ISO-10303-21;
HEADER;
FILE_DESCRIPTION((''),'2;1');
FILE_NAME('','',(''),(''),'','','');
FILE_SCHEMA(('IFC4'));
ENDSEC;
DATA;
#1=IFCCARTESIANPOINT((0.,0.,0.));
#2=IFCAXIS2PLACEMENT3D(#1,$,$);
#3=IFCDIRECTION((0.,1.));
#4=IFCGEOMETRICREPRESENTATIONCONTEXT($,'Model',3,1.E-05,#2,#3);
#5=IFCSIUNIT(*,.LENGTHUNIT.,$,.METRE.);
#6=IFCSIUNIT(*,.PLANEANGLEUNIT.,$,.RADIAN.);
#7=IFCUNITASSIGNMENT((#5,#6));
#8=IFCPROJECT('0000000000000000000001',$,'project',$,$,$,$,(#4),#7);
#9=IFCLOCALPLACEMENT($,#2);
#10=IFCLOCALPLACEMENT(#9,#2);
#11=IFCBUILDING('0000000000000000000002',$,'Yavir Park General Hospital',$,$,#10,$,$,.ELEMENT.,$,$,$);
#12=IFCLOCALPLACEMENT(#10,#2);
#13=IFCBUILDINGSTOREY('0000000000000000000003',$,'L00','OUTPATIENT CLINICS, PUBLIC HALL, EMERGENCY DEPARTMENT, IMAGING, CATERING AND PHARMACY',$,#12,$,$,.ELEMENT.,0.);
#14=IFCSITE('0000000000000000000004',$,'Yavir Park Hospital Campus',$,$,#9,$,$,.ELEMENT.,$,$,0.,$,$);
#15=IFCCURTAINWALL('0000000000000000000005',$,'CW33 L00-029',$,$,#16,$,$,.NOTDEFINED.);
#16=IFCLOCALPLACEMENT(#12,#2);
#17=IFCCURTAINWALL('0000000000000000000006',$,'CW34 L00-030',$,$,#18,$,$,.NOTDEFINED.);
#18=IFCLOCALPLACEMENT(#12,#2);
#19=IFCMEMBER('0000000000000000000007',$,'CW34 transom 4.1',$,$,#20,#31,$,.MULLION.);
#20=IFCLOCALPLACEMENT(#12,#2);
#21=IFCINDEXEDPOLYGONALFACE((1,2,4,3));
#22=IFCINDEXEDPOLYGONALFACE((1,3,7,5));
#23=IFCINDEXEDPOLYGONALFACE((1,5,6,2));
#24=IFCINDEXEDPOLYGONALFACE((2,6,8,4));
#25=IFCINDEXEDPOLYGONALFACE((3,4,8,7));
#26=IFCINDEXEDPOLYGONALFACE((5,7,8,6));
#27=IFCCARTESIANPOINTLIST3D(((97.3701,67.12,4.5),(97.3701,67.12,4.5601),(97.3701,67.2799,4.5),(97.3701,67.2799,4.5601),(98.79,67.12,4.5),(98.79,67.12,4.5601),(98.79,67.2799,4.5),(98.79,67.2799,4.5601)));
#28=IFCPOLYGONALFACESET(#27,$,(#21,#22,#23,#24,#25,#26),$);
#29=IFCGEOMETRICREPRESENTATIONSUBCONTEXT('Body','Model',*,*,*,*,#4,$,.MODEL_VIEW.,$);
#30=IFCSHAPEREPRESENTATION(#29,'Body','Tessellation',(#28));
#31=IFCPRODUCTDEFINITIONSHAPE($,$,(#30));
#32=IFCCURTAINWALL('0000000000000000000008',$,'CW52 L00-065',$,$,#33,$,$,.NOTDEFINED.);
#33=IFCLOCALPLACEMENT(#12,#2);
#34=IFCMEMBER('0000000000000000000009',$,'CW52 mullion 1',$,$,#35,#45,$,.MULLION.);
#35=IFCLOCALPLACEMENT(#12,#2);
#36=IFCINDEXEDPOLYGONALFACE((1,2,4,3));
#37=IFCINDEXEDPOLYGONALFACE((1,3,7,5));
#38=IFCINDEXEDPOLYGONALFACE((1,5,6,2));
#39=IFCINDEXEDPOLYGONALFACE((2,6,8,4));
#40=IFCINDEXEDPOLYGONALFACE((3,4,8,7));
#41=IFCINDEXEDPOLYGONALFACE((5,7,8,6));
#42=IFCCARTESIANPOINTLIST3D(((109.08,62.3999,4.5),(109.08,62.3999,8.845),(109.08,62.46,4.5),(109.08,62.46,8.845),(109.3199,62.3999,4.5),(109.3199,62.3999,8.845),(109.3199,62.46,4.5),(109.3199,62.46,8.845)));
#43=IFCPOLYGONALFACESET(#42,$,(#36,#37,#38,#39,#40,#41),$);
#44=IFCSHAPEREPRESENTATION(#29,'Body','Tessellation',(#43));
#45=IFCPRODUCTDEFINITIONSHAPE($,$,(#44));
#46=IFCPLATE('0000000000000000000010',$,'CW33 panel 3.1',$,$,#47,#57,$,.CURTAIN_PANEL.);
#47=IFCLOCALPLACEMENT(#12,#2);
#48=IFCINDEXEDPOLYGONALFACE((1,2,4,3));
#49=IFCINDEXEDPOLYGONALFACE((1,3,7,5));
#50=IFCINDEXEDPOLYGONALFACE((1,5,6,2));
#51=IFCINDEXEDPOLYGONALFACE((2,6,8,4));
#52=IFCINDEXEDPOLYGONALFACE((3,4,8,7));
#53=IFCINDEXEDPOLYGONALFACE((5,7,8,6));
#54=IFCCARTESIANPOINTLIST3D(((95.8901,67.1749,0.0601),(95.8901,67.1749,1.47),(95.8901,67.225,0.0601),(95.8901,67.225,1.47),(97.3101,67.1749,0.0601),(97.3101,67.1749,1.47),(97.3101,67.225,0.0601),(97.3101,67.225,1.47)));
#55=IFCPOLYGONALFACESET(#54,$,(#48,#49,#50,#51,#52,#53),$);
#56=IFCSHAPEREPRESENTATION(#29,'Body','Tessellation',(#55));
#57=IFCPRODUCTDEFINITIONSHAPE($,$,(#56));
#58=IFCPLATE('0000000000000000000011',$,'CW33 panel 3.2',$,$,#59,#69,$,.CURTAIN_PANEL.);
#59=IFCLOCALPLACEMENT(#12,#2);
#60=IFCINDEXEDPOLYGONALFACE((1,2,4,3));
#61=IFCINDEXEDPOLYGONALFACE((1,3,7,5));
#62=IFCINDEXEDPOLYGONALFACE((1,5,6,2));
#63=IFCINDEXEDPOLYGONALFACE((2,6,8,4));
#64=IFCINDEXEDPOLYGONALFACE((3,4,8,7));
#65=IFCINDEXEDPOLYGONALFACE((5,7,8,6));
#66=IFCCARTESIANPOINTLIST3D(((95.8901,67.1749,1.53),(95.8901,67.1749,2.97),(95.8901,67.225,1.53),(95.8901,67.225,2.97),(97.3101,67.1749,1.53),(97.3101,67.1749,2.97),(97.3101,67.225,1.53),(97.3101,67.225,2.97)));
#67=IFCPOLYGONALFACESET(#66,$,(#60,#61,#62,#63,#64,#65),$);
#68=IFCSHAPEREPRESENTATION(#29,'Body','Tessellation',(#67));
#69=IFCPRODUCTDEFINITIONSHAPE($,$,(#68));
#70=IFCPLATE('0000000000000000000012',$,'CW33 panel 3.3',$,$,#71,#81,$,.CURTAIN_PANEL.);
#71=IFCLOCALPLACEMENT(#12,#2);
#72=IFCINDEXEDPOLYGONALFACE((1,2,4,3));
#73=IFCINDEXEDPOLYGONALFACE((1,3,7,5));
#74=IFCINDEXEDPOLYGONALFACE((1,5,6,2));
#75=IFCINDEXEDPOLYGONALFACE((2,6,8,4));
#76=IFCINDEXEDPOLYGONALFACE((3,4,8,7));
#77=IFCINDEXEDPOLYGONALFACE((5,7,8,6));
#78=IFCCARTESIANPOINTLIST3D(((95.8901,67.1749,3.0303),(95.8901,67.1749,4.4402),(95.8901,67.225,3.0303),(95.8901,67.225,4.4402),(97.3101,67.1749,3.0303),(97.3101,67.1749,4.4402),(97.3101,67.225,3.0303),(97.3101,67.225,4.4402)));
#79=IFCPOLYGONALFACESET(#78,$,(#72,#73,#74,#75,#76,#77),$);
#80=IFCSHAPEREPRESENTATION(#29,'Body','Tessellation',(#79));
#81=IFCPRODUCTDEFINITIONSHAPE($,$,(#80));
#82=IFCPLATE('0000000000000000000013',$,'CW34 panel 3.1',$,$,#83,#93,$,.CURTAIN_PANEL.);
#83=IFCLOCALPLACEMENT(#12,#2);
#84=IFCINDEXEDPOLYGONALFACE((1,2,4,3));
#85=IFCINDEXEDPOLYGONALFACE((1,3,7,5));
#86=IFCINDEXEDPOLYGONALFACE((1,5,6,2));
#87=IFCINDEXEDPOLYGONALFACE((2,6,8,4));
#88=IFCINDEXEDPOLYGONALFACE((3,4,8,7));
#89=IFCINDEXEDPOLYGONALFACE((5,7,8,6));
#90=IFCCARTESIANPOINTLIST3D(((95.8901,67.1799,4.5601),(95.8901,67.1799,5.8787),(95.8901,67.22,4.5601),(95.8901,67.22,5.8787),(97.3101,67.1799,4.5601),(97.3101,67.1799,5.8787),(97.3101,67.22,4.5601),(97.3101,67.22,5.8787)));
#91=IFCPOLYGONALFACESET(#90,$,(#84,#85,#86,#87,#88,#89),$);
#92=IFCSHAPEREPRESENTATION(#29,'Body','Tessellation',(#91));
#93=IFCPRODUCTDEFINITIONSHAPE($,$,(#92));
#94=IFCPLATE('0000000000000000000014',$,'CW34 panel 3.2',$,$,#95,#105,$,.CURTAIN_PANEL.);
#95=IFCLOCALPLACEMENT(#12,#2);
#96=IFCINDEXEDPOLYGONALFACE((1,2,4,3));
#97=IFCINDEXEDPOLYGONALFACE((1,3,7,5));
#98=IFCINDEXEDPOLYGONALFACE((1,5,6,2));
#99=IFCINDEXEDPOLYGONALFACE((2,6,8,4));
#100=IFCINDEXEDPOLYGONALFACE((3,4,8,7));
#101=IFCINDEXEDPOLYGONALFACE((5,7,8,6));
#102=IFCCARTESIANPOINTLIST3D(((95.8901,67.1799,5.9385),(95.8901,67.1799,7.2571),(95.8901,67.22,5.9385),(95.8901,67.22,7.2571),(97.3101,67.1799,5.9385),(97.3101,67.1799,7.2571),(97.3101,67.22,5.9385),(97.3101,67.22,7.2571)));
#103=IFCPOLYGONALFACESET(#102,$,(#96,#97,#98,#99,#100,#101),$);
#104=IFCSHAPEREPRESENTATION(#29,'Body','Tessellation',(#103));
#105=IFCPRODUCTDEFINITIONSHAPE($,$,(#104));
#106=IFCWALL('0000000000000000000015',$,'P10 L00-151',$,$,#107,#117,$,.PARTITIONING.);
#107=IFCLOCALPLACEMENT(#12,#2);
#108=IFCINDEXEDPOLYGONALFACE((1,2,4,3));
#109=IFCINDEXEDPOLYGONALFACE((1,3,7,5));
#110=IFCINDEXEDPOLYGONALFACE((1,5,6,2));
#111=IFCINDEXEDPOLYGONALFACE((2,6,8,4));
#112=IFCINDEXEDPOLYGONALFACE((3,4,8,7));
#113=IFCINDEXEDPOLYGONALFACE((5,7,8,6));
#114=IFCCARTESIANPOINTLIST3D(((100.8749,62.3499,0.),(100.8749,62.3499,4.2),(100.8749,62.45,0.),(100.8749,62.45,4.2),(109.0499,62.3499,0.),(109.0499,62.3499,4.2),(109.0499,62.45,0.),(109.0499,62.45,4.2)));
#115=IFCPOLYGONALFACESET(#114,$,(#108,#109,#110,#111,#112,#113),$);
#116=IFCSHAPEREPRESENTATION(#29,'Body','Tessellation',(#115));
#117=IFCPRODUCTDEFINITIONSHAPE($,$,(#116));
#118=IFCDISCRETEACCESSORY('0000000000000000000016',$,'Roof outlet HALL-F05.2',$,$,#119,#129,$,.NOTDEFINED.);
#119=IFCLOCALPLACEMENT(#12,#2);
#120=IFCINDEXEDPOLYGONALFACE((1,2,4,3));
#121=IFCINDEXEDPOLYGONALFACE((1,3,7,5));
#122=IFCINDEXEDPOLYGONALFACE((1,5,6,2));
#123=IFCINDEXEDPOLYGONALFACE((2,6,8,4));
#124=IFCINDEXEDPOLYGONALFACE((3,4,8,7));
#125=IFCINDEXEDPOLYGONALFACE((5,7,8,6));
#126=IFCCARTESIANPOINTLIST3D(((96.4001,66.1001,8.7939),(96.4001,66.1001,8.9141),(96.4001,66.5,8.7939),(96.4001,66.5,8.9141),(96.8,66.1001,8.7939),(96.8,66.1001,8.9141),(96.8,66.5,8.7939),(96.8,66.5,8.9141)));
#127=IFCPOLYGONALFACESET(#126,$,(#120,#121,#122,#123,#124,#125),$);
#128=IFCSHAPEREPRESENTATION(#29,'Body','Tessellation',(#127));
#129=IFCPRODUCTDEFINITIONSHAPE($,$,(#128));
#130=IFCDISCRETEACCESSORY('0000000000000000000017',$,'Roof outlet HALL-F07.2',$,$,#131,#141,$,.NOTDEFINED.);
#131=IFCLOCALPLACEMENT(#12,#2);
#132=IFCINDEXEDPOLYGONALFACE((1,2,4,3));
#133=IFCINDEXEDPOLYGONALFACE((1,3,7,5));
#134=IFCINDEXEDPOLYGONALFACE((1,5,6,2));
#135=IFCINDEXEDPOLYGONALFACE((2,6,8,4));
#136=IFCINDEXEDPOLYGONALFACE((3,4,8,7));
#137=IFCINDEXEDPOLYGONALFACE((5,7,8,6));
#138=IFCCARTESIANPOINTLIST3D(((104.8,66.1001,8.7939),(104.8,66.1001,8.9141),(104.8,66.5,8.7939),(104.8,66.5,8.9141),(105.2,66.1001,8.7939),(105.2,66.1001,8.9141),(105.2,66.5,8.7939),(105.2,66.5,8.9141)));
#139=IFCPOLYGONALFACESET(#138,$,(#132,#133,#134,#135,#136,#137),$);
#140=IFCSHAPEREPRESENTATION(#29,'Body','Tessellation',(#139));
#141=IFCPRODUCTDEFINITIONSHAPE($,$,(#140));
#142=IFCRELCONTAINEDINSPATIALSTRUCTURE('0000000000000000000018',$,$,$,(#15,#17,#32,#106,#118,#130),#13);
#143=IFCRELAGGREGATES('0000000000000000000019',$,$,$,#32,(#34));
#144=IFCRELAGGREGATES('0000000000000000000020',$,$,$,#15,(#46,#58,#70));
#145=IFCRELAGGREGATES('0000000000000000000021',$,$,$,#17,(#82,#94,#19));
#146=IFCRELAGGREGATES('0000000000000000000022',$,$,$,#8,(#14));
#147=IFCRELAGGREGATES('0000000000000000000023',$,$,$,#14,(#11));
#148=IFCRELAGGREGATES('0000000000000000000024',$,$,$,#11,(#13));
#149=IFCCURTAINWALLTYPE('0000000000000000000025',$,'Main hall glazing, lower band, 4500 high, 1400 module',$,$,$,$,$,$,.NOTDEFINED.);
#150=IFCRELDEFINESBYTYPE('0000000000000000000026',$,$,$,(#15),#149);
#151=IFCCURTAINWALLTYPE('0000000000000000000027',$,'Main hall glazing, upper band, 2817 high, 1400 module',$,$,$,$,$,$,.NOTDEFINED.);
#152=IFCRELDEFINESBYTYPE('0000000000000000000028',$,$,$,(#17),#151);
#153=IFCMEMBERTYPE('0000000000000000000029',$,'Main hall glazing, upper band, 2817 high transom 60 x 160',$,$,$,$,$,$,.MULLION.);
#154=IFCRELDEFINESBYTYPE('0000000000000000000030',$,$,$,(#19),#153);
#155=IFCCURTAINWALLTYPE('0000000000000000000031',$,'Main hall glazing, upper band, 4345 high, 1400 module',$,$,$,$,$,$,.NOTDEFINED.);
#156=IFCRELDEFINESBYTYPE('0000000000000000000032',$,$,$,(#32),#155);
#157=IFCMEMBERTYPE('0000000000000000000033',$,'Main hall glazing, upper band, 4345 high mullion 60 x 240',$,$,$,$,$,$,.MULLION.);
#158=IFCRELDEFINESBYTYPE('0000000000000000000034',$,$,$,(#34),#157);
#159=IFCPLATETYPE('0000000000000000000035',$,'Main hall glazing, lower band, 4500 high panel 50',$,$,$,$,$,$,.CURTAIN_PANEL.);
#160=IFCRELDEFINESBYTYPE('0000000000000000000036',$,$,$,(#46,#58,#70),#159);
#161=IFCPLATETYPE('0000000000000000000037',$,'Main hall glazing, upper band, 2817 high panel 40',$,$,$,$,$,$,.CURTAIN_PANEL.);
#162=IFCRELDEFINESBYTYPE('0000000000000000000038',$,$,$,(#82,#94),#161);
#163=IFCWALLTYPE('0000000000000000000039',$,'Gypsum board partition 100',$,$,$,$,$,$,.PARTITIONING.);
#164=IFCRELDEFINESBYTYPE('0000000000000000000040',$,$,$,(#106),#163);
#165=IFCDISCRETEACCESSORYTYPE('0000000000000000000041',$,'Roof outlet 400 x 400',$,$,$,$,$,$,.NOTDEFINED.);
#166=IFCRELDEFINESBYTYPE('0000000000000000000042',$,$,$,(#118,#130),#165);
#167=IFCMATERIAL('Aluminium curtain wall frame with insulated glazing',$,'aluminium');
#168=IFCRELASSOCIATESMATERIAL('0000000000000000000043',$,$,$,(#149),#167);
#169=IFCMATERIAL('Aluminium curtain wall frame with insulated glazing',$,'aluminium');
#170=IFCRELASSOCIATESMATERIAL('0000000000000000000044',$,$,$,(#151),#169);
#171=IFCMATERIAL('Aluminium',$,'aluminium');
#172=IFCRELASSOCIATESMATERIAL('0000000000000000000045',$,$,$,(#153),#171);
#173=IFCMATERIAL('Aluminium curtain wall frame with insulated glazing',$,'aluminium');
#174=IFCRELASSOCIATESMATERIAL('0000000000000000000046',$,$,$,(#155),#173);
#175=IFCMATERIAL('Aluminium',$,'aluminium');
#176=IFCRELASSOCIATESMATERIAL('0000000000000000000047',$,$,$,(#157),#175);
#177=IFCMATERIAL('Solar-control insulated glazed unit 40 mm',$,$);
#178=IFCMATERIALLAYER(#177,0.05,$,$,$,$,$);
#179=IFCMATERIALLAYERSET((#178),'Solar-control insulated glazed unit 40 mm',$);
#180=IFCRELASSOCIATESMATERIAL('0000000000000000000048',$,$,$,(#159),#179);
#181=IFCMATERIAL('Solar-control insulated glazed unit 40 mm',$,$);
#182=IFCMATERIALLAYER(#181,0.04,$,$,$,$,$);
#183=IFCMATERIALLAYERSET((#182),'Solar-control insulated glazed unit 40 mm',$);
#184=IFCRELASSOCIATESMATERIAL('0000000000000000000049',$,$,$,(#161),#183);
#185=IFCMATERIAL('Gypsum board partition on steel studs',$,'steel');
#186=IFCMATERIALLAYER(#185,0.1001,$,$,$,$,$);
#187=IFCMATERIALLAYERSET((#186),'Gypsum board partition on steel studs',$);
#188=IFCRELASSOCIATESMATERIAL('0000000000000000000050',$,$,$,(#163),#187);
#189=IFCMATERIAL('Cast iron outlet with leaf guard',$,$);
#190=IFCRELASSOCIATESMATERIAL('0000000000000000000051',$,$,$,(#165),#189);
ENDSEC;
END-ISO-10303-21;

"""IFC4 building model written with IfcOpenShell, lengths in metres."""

from ifc_helpers import new_model, si_unit, direction, frame, frame_2d, origin, origin_2d, place, context, subcontext, project, spatial, rectangle, extrude, material, layer, layer_set, material_profile, profile_set, type_object, element, aggregate, save


model = new_model("IFC4")

# Units and contexts
model_context = context("Model", 3, precision=1e-05, world=origin(), true_north=direction((0.0, 1.0)))
body_context = subcontext(model_context, "Body", "Model", "MODEL_VIEW")
ifc_project = project(units=[si_unit("LENGTHUNIT", "METRE"), si_unit("PLANEANGLEUNIT", "RADIAN")], contexts=[model_context])

# Site, building, storey
site_placement = place(None, origin())
site = spatial("IfcSite", under=ifc_project, at=site_placement, Name="Yavir Park Hospital Campus", CompositionType="ELEMENT", RefElevation=0.0)
building_placement = place(site_placement, origin())
building = spatial("IfcBuilding", under=site, at=building_placement, Name="Yavir Park General Hospital", CompositionType="ELEMENT")
storey_placement = place(building_placement, origin())
storey = spatial("IfcBuildingStorey", under=building, at=storey_placement, Name="L00", Description="OUTPATIENT CLINICS, PUBLIC HALL, EMERGENCY DEPARTMENT, IMAGING, CATERING AND PHARMACY", CompositionType="ELEMENT", Elevation=0.0)

# Curtain wall
ifc_material_1 = material(Name="Aluminium curtain wall frame with insulated glazing", Category="aluminium")
curtain_wall_type_1 = type_object("IfcCurtainWallType", Name="Main hall glazing, lower band, 4500 high, 1400 module", PredefinedType="NOTDEFINED", material=ifc_material_1)
curtain_wall_1_placement = place(storey_placement, origin())
curtain_wall_1 = element("IfcCurtainWall", 1, at=curtain_wall_1_placement, inside=storey, type_object=curtain_wall_type_1, Name="CW33 L00-029", PredefinedType="NOTDEFINED")

# Curtain wall, member
ifc_material_2 = material(Name="Aluminium curtain wall frame with insulated glazing", Category="aluminium")
curtain_wall_type_2 = type_object("IfcCurtainWallType", Name="Main hall glazing, upper band, 2817 high, 1400 module", PredefinedType="NOTDEFINED", material=ifc_material_2)
curtain_wall_2_placement = place(storey_placement, origin())
curtain_wall_2 = element("IfcCurtainWall", 2, at=curtain_wall_2_placement, inside=storey, type_object=curtain_wall_type_2, Name="CW34 L00-030", PredefinedType="NOTDEFINED")
ifc_material_3 = material(Name="Aluminium", Category="aluminium")
ifc_material_profile_1 = material_profile(ifc_material_3, rectangle(XDim=0.1599, YDim=0.0601, at=origin_2d()), Name="AL 160x60")
ifc_profile_set_1 = profile_set([ifc_material_profile_1], Name="Aluminium")
member_type_1 = type_object("IfcMemberType", Name="Main hall glazing, upper band, 2817 high transom 60 x 160", PredefinedType="MULLION", material=ifc_profile_set_1)
member_1_placement = place(storey_placement, frame((97.3701, 67.2, 4.53), z_axis=(1.0, 0.0, 0.0), x_axis=(0.0, 1.0, 0.0)))
member_1 = element("IfcMember", 3, at=member_1_placement, type_object=member_type_1, Name="CW34 transom 4.1", PredefinedType="MULLION", context=body_context, shape_type="SweptSolid", body=[
    extrude(rectangle(XDim=0.1599, YDim=0.0601, at=origin_2d()), origin(), (0.0, 0.0, 1.0), 1.4199),
])

# Curtain wall, member
ifc_material_4 = material(Name="Aluminium curtain wall frame with insulated glazing", Category="aluminium")
curtain_wall_type_3 = type_object("IfcCurtainWallType", Name="Main hall glazing, upper band, 4345 high, 1400 module", PredefinedType="NOTDEFINED", material=ifc_material_4)
curtain_wall_3_placement = place(storey_placement, origin())
curtain_wall_3 = element("IfcCurtainWall", 4, at=curtain_wall_3_placement, inside=storey, type_object=curtain_wall_type_3, Name="CW52 L00-065", PredefinedType="NOTDEFINED")
ifc_material_5 = material(Name="Aluminium", Category="aluminium")
ifc_material_profile_2 = material_profile(ifc_material_5, rectangle(XDim=0.24, YDim=0.0601, at=origin_2d()), Name="AL 60x240")
ifc_profile_set_2 = profile_set([ifc_material_profile_2], Name="Aluminium")
member_type_2 = type_object("IfcMemberType", Name="Main hall glazing, upper band, 4345 high mullion 60 x 240", PredefinedType="MULLION", material=ifc_profile_set_2)
member_2_placement = place(storey_placement, frame((109.2, 62.4299, 4.5), z_axis=(0.0, 0.0, 1.0), x_axis=(-1.0, 0.0, 0.0)))
member_2 = element("IfcMember", 5, at=member_2_placement, type_object=member_type_2, Name="CW52 mullion 1", PredefinedType="MULLION", context=body_context, shape_type="SweptSolid", body=[
    extrude(rectangle(XDim=0.24, YDim=0.0601, at=origin_2d()), origin(), (0.0, 0.0, 1.0), 4.345),
])
aggregate(curtain_wall_3, [member_2])

# Plates
ifc_material_6 = material(Name="Solar-control insulated glazed unit 40 mm")
ifc_layer_1 = layer(ifc_material_6, 0.05)
ifc_layer_set_1 = layer_set([ifc_layer_1], Name="Solar-control insulated glazed unit 40 mm")
plate_type_1 = type_object("IfcPlateType", Name="Main hall glazing, lower band, 4500 high panel 50", PredefinedType="CURTAIN_PANEL", material=ifc_layer_set_1)
plate_1_placement = place(storey_placement, frame((96.6001, 67.2, 0.0601), z_axis=(0.0, 0.0, 1.0), x_axis=(1.0, 0.0, 0.0)))
plate_1 = element("IfcPlate", 6, at=plate_1_placement, type_object=plate_type_1, Name="CW33 panel 3.1", PredefinedType="CURTAIN_PANEL", context=body_context, shape_type="SweptSolid", body=[
    extrude(rectangle(XDim=1.4199, YDim=0.05, at=origin_2d()), origin(), (0.0, 0.0, 1.0), 1.4099),
])
plate_2_placement = place(storey_placement, frame((96.6001, 67.2, 1.53), z_axis=(0.0, 0.0, 1.0), x_axis=(1.0, 0.0, 0.0)))
plate_2 = element("IfcPlate", 7, at=plate_2_placement, type_object=plate_type_1, Name="CW33 panel 3.2", PredefinedType="CURTAIN_PANEL", context=body_context, shape_type="SweptSolid", body=[
    extrude(rectangle(XDim=1.4199, YDim=0.05, at=origin_2d()), origin(), (0.0, 0.0, 1.0), 1.4399),
])
plate_3_placement = place(storey_placement, frame((96.6001, 67.2, 3.0303), z_axis=(0.0, 0.0, 1.0), x_axis=(1.0, 0.0, 0.0)))
plate_3 = element("IfcPlate", 8, at=plate_3_placement, type_object=plate_type_1, Name="CW33 panel 3.3", PredefinedType="CURTAIN_PANEL", context=body_context, shape_type="SweptSolid", body=[
    extrude(rectangle(XDim=1.4199, YDim=0.05, at=origin_2d()), origin(), (0.0, 0.0, 1.0), 1.4099),
])
aggregate(curtain_wall_1, [plate_1, plate_2, plate_3])
ifc_material_7 = material(Name="Solar-control insulated glazed unit 40 mm")
ifc_layer_2 = layer(ifc_material_7, 0.04)
ifc_layer_set_2 = layer_set([ifc_layer_2], Name="Solar-control insulated glazed unit 40 mm")
plate_type_2 = type_object("IfcPlateType", Name="Main hall glazing, upper band, 2817 high panel 40", PredefinedType="CURTAIN_PANEL", material=ifc_layer_set_2)
plate_4_placement = place(storey_placement, frame((96.6001, 67.2, 4.5601), z_axis=(0.0, 0.0, 1.0), x_axis=(1.0, 0.0, 0.0)))
plate_4 = element("IfcPlate", 9, at=plate_4_placement, type_object=plate_type_2, Name="CW34 panel 3.1", PredefinedType="CURTAIN_PANEL", context=body_context, shape_type="SweptSolid", body=[
    extrude(rectangle(XDim=1.4199, YDim=0.04, at=origin_2d()), origin(), (0.0, 0.0, 1.0), 1.3186),
])
plate_5_placement = place(storey_placement, frame((96.6001, 67.2, 5.9385), z_axis=(0.0, 0.0, 1.0), x_axis=(1.0, 0.0, 0.0)))
plate_5 = element("IfcPlate", 10, at=plate_5_placement, type_object=plate_type_2, Name="CW34 panel 3.2", PredefinedType="CURTAIN_PANEL", context=body_context, shape_type="SweptSolid", body=[
    extrude(rectangle(XDim=1.4199, YDim=0.04, at=origin_2d()), origin(), (0.0, 0.0, 1.0), 1.3186),
])
aggregate(curtain_wall_2, [plate_4, plate_5, member_1])

# Wall
ifc_material_8 = material(Name="Gypsum board partition on steel studs", Category="steel")
ifc_layer_3 = layer(ifc_material_8, 0.1001)
ifc_layer_set_3 = layer_set([ifc_layer_3], Name="Gypsum board partition on steel studs")
wall_type = type_object("IfcWallType", Name="Gypsum board partition 100", PredefinedType="PARTITIONING", material=ifc_layer_set_3)
wall_placement = place(storey_placement, frame((100.875, 62.3999, 0.0), z_axis=(0.0, 0.0, 1.0), x_axis=(1.0, 0.0, 0.0)))
element("IfcWall", 11, at=wall_placement, inside=storey, type_object=wall_type, Name="P10 L00-151", PredefinedType="PARTITIONING", context=body_context, shape_type="SweptSolid", body=[
    extrude(rectangle(XDim=8.175, YDim=0.1001, at=frame_2d((4.0874, 0.0))), origin(), (0.0, 0.0, 1.0), 4.2),
])

# Discrete accessories
ifc_material_9 = material(Name="Cast iron outlet with leaf guard")
discrete_accessory_type = type_object("IfcDiscreteAccessoryType", Name="Roof outlet 400 x 400", PredefinedType="NOTDEFINED", material=ifc_material_9)
for number, where, z_axis, x_axis, name in (
    (12, (96.6001, 66.3, 8.7939), (0.0, 0.0, 1.0), (1.0, 0.0, 0.0), "Roof outlet HALL-F05.2"),
    (13, (105.0, 66.3, 8.7939), (0.0, 0.0, 1.0), (1.0, 0.0, 0.0), "Roof outlet HALL-F07.2"),
):
    element("IfcDiscreteAccessory", number, at=place(storey_placement, frame(where, z_axis=z_axis, x_axis=x_axis)), inside=storey, type_object=discrete_accessory_type, Name=name, PredefinedType="NOTDEFINED", context=body_context, shape_type="SweptSolid", body=[
        extrude(rectangle(XDim=0.3999, YDim=0.3999, at=origin_2d()), origin(), (0.0, 0.0, 1.0), 0.1201),
    ])

save(model, "model.ifc")
